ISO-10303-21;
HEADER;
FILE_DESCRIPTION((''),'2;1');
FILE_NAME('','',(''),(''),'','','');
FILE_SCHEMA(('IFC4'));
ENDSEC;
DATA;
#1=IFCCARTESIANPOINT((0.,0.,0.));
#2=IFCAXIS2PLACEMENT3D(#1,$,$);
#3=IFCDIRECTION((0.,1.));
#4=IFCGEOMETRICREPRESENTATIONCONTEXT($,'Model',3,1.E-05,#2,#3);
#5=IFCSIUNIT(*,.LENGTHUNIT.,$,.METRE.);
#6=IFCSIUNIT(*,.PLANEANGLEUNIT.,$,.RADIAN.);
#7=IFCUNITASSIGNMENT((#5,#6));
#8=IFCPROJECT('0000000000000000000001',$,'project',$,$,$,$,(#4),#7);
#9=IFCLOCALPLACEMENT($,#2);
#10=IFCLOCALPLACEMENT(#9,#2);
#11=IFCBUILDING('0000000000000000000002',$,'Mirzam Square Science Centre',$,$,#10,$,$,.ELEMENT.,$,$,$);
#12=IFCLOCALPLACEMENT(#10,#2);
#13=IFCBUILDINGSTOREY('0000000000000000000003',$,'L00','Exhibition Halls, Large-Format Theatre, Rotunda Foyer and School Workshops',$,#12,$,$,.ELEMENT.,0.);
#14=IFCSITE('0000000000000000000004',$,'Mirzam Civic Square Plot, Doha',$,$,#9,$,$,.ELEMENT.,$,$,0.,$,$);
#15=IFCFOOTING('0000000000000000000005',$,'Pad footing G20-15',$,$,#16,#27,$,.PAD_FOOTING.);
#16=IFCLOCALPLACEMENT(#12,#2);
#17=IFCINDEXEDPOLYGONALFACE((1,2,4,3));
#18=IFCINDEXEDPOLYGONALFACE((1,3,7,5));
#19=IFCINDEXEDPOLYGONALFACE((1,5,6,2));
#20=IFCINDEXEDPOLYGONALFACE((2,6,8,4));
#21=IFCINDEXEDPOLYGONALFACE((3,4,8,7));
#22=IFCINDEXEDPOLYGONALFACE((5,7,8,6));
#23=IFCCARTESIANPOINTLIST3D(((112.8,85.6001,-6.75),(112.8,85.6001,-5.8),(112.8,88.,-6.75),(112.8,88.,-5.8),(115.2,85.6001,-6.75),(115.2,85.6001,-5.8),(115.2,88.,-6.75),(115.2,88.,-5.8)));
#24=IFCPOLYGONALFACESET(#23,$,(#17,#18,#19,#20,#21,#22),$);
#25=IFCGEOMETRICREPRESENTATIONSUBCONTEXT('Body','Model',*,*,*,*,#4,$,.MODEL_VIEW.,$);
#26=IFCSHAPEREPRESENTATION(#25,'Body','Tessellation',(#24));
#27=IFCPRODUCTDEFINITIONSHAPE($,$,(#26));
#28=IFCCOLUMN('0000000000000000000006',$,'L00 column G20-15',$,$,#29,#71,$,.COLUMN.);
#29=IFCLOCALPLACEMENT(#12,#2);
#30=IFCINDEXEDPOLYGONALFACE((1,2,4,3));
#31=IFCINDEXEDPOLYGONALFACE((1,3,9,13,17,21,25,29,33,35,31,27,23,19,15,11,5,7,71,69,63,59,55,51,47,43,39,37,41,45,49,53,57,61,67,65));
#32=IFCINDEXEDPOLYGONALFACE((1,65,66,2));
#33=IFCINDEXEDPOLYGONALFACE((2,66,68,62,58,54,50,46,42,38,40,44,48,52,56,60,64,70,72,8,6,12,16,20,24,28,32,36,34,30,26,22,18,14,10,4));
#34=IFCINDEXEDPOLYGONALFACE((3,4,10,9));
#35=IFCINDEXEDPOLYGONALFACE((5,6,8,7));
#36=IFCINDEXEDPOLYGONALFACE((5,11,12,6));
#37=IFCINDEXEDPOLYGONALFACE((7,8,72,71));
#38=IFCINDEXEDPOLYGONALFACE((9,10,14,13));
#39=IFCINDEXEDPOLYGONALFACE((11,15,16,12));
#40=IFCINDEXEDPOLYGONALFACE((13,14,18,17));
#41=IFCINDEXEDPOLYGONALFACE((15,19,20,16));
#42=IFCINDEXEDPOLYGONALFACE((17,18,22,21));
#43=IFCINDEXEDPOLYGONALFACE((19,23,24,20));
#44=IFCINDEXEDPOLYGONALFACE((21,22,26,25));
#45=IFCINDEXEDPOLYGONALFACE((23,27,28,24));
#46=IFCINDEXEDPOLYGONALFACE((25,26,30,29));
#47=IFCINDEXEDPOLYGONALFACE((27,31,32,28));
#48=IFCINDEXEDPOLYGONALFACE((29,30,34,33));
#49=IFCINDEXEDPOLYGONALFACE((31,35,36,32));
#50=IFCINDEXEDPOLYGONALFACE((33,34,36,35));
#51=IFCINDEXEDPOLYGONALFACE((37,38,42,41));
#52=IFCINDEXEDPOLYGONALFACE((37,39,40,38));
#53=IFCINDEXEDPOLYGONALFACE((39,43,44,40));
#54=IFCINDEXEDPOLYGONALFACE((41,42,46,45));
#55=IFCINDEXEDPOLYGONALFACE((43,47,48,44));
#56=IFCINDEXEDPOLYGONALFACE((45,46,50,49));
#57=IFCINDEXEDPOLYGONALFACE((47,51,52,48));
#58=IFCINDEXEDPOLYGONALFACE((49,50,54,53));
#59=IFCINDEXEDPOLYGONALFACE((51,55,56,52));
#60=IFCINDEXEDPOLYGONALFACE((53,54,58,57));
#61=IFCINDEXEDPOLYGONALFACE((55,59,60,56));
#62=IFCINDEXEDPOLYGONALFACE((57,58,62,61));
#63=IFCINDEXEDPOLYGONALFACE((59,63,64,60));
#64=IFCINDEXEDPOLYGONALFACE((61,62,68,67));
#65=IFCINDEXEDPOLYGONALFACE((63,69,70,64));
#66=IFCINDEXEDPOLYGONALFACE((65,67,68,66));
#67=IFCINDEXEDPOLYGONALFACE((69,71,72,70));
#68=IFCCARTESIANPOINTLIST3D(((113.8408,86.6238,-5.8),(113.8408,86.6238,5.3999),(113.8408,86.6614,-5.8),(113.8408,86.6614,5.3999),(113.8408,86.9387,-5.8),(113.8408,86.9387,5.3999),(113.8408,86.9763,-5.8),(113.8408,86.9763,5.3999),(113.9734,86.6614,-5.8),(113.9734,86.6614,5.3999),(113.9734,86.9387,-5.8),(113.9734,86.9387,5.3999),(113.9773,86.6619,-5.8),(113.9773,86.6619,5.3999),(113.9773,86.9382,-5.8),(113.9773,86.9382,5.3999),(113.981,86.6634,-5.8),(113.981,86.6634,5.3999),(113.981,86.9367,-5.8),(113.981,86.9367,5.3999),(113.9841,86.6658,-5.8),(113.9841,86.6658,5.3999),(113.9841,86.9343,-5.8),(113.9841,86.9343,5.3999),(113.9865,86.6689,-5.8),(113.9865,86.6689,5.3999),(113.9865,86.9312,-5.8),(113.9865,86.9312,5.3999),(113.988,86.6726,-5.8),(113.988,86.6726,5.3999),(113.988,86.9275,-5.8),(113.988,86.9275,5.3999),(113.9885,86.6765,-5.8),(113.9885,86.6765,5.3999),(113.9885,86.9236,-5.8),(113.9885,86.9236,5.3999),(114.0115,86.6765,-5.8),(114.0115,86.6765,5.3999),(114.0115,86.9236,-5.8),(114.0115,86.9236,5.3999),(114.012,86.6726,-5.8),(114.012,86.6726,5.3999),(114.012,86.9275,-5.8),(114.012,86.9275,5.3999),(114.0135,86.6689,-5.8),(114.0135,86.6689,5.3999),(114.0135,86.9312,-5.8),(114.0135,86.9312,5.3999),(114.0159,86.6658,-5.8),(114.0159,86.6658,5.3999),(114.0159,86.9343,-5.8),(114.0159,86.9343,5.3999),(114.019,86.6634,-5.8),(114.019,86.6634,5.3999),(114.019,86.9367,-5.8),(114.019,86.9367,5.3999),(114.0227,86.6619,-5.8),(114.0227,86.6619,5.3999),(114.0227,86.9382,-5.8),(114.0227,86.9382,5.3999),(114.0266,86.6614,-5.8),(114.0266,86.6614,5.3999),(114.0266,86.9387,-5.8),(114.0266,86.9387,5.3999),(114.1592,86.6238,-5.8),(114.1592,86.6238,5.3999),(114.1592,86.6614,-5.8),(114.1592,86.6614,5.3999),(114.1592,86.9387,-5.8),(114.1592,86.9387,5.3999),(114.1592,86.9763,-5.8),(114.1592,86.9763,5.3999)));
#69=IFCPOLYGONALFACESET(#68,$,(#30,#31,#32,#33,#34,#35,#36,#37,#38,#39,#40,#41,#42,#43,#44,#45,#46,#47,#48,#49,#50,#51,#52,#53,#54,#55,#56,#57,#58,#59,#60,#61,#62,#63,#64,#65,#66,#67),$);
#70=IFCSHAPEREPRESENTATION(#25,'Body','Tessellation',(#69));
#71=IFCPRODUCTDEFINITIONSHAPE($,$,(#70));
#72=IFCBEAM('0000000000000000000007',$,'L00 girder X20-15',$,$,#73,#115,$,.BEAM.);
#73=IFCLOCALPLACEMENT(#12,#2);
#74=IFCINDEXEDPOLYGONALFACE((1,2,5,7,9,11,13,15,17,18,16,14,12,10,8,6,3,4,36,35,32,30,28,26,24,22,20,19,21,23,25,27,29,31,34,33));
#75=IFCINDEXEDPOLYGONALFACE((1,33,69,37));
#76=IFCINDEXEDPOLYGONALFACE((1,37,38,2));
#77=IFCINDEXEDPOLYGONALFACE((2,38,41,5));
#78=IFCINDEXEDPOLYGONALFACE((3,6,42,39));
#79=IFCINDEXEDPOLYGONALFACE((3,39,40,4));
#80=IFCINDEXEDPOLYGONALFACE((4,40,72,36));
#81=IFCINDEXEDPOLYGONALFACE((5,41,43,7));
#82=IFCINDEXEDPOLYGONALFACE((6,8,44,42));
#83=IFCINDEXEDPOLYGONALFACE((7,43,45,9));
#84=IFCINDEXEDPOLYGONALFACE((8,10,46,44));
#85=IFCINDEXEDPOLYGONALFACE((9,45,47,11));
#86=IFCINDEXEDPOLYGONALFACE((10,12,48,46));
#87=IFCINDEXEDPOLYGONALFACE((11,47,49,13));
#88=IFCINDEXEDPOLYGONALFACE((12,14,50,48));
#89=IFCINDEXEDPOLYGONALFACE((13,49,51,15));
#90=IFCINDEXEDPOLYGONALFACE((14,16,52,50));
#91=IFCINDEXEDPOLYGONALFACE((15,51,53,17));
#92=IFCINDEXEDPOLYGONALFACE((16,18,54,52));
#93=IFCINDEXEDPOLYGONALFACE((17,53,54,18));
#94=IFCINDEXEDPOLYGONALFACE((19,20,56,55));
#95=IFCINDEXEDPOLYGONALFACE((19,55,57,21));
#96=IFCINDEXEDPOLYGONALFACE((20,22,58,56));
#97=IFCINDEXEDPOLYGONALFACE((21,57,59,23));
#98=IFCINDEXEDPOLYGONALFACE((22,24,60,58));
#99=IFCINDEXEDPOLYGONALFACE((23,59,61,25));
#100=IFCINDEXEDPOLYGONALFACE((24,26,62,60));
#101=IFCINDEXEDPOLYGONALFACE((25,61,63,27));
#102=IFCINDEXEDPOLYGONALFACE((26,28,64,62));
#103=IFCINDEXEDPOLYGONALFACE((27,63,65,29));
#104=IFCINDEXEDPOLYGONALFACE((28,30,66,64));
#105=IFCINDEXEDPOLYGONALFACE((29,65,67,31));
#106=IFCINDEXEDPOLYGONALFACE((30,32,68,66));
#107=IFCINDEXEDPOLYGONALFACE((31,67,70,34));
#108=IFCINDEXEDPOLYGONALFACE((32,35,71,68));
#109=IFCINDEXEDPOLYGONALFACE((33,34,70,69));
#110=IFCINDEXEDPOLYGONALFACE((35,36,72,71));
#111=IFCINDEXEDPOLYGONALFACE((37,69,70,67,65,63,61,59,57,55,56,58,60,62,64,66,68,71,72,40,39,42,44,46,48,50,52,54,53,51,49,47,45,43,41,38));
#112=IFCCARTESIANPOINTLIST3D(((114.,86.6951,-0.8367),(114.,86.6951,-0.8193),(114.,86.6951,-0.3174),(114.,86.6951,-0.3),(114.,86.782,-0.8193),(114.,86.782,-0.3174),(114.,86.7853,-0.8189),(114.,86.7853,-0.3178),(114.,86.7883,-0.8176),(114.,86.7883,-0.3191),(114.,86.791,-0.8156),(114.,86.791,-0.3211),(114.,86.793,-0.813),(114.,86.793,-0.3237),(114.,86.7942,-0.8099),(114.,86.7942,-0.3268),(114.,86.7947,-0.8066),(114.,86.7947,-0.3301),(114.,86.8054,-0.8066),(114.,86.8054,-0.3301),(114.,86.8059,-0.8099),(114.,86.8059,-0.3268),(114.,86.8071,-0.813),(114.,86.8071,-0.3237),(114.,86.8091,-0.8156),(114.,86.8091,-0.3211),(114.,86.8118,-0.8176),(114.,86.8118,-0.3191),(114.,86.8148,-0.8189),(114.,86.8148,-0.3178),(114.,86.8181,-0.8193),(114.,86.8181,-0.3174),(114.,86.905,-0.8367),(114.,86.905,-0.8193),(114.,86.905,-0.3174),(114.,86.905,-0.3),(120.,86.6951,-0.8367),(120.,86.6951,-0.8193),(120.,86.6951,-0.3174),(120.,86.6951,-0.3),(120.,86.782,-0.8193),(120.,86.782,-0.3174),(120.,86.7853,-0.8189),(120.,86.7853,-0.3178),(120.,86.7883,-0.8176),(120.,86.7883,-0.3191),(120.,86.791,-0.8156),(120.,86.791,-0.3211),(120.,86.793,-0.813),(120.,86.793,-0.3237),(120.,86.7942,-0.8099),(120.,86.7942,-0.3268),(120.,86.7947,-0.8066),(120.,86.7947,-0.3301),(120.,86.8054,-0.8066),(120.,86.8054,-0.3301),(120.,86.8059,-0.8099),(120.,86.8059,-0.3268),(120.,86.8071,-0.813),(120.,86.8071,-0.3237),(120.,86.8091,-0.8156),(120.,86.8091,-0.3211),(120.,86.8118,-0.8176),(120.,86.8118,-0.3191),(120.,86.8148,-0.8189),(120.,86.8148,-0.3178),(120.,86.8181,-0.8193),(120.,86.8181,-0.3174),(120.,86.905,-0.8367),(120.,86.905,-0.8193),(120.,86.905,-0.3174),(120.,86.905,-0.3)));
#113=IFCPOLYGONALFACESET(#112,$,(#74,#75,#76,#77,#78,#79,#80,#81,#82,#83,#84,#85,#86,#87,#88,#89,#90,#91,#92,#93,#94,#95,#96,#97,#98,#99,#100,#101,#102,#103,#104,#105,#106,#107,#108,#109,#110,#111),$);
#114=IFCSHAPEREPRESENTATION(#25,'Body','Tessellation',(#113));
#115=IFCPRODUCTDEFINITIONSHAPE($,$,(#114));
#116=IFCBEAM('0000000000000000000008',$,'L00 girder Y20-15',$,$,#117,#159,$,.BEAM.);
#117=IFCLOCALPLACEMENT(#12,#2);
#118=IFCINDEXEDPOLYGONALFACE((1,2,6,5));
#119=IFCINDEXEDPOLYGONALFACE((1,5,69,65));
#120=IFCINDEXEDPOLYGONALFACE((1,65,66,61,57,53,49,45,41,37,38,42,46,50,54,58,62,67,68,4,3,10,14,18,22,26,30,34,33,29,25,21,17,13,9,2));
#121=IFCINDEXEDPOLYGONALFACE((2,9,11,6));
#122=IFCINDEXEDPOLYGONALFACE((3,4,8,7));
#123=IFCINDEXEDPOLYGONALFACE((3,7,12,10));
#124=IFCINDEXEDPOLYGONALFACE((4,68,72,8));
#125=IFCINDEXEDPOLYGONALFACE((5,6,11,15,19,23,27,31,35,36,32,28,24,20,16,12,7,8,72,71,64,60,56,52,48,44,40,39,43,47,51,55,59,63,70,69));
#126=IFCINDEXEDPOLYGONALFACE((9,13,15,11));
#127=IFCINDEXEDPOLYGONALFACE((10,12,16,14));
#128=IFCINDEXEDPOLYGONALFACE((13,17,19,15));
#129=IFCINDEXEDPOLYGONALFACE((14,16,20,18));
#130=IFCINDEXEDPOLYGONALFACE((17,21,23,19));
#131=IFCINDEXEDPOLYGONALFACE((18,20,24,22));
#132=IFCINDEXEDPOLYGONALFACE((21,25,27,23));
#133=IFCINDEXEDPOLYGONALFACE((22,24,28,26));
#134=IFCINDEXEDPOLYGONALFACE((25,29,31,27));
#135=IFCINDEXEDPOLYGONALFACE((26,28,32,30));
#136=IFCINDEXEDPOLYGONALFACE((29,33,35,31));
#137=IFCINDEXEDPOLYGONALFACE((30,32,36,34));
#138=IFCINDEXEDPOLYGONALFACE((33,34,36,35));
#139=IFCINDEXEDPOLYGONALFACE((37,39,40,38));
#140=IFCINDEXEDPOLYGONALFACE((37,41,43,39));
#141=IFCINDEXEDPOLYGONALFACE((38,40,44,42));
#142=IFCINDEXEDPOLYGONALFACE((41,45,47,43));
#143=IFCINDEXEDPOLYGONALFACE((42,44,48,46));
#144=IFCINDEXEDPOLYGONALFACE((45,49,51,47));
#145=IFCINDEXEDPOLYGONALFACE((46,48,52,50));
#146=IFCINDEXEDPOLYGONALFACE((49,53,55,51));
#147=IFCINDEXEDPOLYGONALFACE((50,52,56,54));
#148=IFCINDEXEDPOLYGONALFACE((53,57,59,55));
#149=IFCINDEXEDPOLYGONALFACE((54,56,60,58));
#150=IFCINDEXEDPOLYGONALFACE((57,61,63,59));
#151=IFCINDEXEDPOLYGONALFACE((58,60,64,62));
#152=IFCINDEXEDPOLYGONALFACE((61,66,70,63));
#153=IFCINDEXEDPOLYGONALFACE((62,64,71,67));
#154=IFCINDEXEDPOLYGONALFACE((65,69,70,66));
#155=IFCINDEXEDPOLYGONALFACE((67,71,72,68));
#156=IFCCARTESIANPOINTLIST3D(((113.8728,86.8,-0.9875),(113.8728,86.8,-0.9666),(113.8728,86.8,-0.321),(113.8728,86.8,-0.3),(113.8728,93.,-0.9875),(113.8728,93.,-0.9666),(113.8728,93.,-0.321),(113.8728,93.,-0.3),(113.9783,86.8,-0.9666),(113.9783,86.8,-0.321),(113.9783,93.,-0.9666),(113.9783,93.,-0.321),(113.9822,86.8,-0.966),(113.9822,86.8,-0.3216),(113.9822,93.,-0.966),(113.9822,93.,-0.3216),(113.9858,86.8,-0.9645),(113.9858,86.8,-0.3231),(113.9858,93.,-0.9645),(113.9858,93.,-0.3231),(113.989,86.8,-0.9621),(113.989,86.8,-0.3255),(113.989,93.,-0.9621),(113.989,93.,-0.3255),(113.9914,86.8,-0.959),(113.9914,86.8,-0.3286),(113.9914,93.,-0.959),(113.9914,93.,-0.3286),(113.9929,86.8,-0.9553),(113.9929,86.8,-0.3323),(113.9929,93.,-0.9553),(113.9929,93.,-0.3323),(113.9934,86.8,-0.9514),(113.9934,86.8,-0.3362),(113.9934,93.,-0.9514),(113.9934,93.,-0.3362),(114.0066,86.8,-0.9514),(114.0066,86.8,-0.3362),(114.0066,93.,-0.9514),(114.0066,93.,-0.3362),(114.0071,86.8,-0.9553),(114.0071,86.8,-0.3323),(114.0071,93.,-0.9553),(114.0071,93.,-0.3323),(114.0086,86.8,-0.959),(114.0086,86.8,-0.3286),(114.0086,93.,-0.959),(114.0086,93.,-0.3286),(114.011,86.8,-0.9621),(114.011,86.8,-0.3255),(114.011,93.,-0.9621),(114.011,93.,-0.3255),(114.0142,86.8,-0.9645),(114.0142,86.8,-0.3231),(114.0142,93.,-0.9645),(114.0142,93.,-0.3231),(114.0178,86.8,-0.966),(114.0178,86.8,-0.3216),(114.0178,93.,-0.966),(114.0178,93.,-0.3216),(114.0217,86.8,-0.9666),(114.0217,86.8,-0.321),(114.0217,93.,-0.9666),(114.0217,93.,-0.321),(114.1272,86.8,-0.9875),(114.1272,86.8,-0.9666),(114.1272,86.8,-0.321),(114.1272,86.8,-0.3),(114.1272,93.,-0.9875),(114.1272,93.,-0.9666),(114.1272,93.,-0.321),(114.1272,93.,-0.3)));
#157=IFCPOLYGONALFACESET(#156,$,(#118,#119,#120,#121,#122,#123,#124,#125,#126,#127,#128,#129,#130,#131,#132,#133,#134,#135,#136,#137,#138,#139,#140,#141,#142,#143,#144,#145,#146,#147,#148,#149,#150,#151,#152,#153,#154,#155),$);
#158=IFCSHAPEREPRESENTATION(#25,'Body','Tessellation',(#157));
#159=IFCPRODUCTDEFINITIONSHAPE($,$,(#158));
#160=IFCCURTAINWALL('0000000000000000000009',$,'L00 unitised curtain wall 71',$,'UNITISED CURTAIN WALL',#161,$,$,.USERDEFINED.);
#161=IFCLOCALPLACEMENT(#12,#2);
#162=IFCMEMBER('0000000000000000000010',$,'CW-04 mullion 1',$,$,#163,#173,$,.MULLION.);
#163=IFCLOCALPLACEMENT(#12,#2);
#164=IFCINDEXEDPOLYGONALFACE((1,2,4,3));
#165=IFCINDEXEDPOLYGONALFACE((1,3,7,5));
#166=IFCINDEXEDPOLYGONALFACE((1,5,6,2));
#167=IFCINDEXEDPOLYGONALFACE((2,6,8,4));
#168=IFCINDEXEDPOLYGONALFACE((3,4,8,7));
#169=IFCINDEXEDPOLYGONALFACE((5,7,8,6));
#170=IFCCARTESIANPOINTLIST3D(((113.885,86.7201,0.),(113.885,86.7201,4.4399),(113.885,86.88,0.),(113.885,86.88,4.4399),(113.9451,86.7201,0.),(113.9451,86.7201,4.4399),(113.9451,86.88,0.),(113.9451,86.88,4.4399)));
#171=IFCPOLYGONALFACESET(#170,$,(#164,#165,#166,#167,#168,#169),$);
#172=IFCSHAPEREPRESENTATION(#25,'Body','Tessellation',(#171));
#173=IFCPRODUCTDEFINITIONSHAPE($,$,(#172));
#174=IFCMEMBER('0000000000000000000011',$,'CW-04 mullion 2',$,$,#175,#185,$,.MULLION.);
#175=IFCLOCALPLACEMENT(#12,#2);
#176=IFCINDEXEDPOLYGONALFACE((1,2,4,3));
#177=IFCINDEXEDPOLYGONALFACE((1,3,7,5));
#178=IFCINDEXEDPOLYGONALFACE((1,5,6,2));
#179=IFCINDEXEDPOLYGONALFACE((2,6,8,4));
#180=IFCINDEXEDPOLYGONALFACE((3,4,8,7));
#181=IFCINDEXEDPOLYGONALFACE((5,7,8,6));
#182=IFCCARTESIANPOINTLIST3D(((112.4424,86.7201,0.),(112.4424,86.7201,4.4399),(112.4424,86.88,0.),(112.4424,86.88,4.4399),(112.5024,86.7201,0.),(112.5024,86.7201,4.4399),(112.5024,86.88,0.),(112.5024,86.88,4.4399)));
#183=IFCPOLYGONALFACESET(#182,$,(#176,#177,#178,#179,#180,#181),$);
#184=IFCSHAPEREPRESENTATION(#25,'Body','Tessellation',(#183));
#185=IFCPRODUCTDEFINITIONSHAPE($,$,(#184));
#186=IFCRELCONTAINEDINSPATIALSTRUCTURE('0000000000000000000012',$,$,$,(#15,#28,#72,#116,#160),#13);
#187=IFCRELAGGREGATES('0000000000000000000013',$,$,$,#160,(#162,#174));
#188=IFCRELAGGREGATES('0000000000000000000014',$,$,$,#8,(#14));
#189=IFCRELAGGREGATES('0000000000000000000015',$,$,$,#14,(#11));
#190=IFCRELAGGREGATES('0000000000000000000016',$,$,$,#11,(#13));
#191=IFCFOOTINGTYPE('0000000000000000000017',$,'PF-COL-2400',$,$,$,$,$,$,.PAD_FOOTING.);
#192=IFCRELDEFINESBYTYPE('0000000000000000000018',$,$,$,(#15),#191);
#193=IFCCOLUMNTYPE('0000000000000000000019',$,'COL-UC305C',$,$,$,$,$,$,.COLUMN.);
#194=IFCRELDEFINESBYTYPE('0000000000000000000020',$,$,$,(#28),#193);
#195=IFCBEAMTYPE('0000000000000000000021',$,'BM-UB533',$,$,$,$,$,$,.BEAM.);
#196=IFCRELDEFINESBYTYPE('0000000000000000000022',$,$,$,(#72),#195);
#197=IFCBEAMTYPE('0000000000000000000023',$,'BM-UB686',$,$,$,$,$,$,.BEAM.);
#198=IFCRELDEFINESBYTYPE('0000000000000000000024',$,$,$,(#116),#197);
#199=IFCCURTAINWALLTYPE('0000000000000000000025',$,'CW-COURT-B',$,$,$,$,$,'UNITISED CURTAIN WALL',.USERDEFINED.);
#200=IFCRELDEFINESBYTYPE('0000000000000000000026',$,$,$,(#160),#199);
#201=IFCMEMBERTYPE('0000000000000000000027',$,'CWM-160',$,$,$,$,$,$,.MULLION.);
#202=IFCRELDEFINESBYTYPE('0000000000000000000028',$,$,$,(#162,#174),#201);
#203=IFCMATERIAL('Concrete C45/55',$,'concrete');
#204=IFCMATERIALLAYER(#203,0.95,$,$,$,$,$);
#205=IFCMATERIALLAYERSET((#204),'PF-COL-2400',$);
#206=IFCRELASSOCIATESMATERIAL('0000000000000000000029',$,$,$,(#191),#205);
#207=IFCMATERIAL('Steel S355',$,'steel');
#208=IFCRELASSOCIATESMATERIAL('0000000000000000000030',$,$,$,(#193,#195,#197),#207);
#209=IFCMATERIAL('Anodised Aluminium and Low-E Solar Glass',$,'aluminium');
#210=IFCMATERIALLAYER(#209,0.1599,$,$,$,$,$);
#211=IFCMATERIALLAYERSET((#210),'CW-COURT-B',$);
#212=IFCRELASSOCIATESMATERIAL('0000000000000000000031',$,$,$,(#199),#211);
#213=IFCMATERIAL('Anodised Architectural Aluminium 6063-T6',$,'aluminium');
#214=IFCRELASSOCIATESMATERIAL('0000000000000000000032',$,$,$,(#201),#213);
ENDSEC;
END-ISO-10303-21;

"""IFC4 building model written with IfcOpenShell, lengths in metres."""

from ifc_helpers import new_model, si_unit, direction, frame, origin, origin_2d, place, context, subcontext, project, spatial, rectangle, i_section, extrude, material, layer, layer_set, material_profile, profile_set, type_object, element, aggregate, save


model = new_model("IFC4")

# Units and contexts
model_context = context("Model", 3, precision=1e-05, world=origin(), true_north=direction((0.0, 1.0)))
body_context = subcontext(model_context, "Body", "Model", "MODEL_VIEW")
ifc_project = project(units=[si_unit("LENGTHUNIT", "METRE"), si_unit("PLANEANGLEUNIT", "RADIAN")], contexts=[model_context])

# Site, building, storey
site_placement = place(None, origin())
site = spatial("IfcSite", under=ifc_project, at=site_placement, Name="Mirzam Civic Square Plot, Doha", CompositionType="ELEMENT", RefElevation=0.0)
building_placement = place(site_placement, origin())
building = spatial("IfcBuilding", under=site, at=building_placement, Name="Mirzam Square Science Centre", CompositionType="ELEMENT")
storey_placement = place(building_placement, origin())
storey = spatial("IfcBuildingStorey", under=building, at=storey_placement, Name="L00", Description="Exhibition Halls, Large-Format Theatre, Rotunda Foyer and School Workshops", CompositionType="ELEMENT", Elevation=0.0)

# Footing
ifc_material_1 = material(Name="Concrete C45/55", Category="concrete")
ifc_layer_1 = layer(ifc_material_1, 0.95)
ifc_layer_set_1 = layer_set([ifc_layer_1], Name="PF-COL-2400")
footing_type = type_object("IfcFootingType", Name="PF-COL-2400", PredefinedType="PAD_FOOTING", material=ifc_layer_set_1)
footing_placement = place(storey_placement, frame((114.0, 86.8, -6.75), z_axis=(0.0, 0.0, 1.0), x_axis=(1.0, 0.0, 0.0)))
element("IfcFooting", 1, at=footing_placement, inside=storey, type_object=footing_type, Name="Pad footing G20-15", PredefinedType="PAD_FOOTING", context=body_context, shape_type="SweptSolid", body=[
    extrude(rectangle(XDim=2.3999, YDim=2.3999, at=origin_2d()), origin(), (0.0, 0.0, 1.0), 0.95),
])

# Column
ifc_material_2 = material(Name="Steel S355", Category="steel")
ifc_material_profile_1 = material_profile(ifc_material_2, i_section(OverallWidth=0.3184, OverallDepth=0.3525, WebThickness=0.0229, FlangeThickness=0.0376, FilletRadius=0.0151, at=origin_2d()), Name="305x305x240UC")
ifc_profile_set_1 = profile_set([ifc_material_profile_1], Name="Steel S355")
column_type = type_object("IfcColumnType", Name="COL-UC305C", PredefinedType="COLUMN", material=ifc_profile_set_1)
column_placement = place(storey_placement, frame((114.0, 86.8, -5.8), z_axis=(0.0, 0.0, 1.0), x_axis=(1.0, 0.0, 0.0)))
element("IfcColumn", 2, at=column_placement, inside=storey, type_object=column_type, Name="L00 column G20-15", PredefinedType="COLUMN", context=body_context, shape_type="SweptSolid", body=[
    extrude(i_section(OverallWidth=0.3184, OverallDepth=0.3525, WebThickness=0.0229, FlangeThickness=0.0376, FilletRadius=0.0151, at=origin_2d()), origin(), (0.0, 0.0, 1.0), 11.2),
])

# Beams
ifc_material_profile_2 = material_profile(ifc_material_2, i_section(OverallWidth=0.21, OverallDepth=0.5366, WebThickness=0.0107, FlangeThickness=0.0173, FilletRadius=0.0127, at=origin_2d()), Name="533x210x101UB")
ifc_profile_set_2 = profile_set([ifc_material_profile_2], Name="Steel S355")
beam_type_1 = type_object("IfcBeamType", Name="BM-UB533", PredefinedType="BEAM", material=ifc_profile_set_2)
beam_1_placement = place(storey_placement, frame((114.0, 86.8, -0.5684), z_axis=(1.0, 0.0, 0.0), x_axis=(0.0, 1.0, 0.0)))
element("IfcBeam", 3, at=beam_1_placement, inside=storey, type_object=beam_type_1, Name="L00 girder X20-15", PredefinedType="BEAM", context=body_context, shape_type="SweptSolid", body=[
    extrude(i_section(OverallWidth=0.21, OverallDepth=0.5366, WebThickness=0.0107, FlangeThickness=0.0173, FilletRadius=0.0127, at=origin_2d()), origin(), (0.0, 0.0, 1.0), 6.0),
])
ifc_material_profile_3 = material_profile(ifc_material_2, i_section(OverallWidth=0.2544, OverallDepth=0.6875, WebThickness=0.0132, FlangeThickness=0.021, FilletRadius=0.0151, at=origin_2d()), Name="686x254x152UB")
ifc_profile_set_3 = profile_set([ifc_material_profile_3], Name="Steel S355")
beam_type_2 = type_object("IfcBeamType", Name="BM-UB686", PredefinedType="BEAM", material=ifc_profile_set_3)
beam_2_placement = place(storey_placement, frame((114.0, 86.8, -0.6438), z_axis=(0.0, 1.0, 0.0), x_axis=(-1.0, 0.0, 0.0)))
element("IfcBeam", 4, at=beam_2_placement, inside=storey, type_object=beam_type_2, Name="L00 girder Y20-15", PredefinedType="BEAM", context=body_context, shape_type="SweptSolid", body=[
    extrude(i_section(OverallWidth=0.2544, OverallDepth=0.6875, WebThickness=0.0132, FlangeThickness=0.021, FilletRadius=0.0151, at=origin_2d()), origin(), (0.0, 0.0, 1.0), 6.2),
])

# Curtain wall, members
ifc_material_3 = material(Name="Anodised Aluminium and Low-E Solar Glass", Category="aluminium")
ifc_layer_2 = layer(ifc_material_3, 0.1599)
ifc_layer_set_2 = layer_set([ifc_layer_2], Name="CW-COURT-B")
curtain_wall_type_1 = type_object("IfcCurtainWallType", Name="CW-COURT-B", ElementType="UNITISED CURTAIN WALL", PredefinedType="USERDEFINED", material=ifc_layer_set_2)
curtain_wall_1_placement = place(storey_placement, origin())
curtain_wall_1 = element("IfcCurtainWall", 5, at=curtain_wall_1_placement, inside=storey, type_object=curtain_wall_type_1, Name="L00 unitised curtain wall 71", ObjectType="UNITISED CURTAIN WALL", PredefinedType="USERDEFINED")
ifc_material_4 = material(Name="Anodised Architectural Aluminium 6063-T6", Category="aluminium")
ifc_material_profile_4 = material_profile(ifc_material_4, rectangle(XDim=0.0601, YDim=0.1599, at=origin_2d()), Name="ALU-MULL-160x60x4")
ifc_profile_set_4 = profile_set([ifc_material_profile_4], Name="Anodised Architectural Aluminium 6063-T6")
member_type_1 = type_object("IfcMemberType", Name="CWM-160", PredefinedType="MULLION", material=ifc_profile_set_4)
member_1_placement = place(storey_placement, frame((113.915, 86.8, 0.0), z_axis=(0.0, 0.0, 1.0), x_axis=(-1.0, 0.0, 0.0)))
member_1 = element("IfcMember", 6, at=member_1_placement, type_object=member_type_1, Name="CW-04 mullion 1", PredefinedType="MULLION", context=body_context, shape_type="SweptSolid", body=[
    extrude(rectangle(XDim=0.0601, YDim=0.1599, at=origin_2d()), origin(), (0.0, 0.0, 1.0), 4.4399),
])
member_2_placement = place(storey_placement, frame((112.4724, 86.8, 0.0), z_axis=(0.0, 0.0, 1.0), x_axis=(-1.0, 0.0, 0.0)))
member_2 = element("IfcMember", 7, at=member_2_placement, type_object=member_type_1, Name="CW-04 mullion 2", PredefinedType="MULLION", context=body_context, shape_type="SweptSolid", body=[
    extrude(rectangle(XDim=0.0601, YDim=0.1599, at=origin_2d()), origin(), (0.0, 0.0, 1.0), 4.4399),
])

aggregate(curtain_wall_1, [member_1, member_2])

save(model, "model.ifc")
